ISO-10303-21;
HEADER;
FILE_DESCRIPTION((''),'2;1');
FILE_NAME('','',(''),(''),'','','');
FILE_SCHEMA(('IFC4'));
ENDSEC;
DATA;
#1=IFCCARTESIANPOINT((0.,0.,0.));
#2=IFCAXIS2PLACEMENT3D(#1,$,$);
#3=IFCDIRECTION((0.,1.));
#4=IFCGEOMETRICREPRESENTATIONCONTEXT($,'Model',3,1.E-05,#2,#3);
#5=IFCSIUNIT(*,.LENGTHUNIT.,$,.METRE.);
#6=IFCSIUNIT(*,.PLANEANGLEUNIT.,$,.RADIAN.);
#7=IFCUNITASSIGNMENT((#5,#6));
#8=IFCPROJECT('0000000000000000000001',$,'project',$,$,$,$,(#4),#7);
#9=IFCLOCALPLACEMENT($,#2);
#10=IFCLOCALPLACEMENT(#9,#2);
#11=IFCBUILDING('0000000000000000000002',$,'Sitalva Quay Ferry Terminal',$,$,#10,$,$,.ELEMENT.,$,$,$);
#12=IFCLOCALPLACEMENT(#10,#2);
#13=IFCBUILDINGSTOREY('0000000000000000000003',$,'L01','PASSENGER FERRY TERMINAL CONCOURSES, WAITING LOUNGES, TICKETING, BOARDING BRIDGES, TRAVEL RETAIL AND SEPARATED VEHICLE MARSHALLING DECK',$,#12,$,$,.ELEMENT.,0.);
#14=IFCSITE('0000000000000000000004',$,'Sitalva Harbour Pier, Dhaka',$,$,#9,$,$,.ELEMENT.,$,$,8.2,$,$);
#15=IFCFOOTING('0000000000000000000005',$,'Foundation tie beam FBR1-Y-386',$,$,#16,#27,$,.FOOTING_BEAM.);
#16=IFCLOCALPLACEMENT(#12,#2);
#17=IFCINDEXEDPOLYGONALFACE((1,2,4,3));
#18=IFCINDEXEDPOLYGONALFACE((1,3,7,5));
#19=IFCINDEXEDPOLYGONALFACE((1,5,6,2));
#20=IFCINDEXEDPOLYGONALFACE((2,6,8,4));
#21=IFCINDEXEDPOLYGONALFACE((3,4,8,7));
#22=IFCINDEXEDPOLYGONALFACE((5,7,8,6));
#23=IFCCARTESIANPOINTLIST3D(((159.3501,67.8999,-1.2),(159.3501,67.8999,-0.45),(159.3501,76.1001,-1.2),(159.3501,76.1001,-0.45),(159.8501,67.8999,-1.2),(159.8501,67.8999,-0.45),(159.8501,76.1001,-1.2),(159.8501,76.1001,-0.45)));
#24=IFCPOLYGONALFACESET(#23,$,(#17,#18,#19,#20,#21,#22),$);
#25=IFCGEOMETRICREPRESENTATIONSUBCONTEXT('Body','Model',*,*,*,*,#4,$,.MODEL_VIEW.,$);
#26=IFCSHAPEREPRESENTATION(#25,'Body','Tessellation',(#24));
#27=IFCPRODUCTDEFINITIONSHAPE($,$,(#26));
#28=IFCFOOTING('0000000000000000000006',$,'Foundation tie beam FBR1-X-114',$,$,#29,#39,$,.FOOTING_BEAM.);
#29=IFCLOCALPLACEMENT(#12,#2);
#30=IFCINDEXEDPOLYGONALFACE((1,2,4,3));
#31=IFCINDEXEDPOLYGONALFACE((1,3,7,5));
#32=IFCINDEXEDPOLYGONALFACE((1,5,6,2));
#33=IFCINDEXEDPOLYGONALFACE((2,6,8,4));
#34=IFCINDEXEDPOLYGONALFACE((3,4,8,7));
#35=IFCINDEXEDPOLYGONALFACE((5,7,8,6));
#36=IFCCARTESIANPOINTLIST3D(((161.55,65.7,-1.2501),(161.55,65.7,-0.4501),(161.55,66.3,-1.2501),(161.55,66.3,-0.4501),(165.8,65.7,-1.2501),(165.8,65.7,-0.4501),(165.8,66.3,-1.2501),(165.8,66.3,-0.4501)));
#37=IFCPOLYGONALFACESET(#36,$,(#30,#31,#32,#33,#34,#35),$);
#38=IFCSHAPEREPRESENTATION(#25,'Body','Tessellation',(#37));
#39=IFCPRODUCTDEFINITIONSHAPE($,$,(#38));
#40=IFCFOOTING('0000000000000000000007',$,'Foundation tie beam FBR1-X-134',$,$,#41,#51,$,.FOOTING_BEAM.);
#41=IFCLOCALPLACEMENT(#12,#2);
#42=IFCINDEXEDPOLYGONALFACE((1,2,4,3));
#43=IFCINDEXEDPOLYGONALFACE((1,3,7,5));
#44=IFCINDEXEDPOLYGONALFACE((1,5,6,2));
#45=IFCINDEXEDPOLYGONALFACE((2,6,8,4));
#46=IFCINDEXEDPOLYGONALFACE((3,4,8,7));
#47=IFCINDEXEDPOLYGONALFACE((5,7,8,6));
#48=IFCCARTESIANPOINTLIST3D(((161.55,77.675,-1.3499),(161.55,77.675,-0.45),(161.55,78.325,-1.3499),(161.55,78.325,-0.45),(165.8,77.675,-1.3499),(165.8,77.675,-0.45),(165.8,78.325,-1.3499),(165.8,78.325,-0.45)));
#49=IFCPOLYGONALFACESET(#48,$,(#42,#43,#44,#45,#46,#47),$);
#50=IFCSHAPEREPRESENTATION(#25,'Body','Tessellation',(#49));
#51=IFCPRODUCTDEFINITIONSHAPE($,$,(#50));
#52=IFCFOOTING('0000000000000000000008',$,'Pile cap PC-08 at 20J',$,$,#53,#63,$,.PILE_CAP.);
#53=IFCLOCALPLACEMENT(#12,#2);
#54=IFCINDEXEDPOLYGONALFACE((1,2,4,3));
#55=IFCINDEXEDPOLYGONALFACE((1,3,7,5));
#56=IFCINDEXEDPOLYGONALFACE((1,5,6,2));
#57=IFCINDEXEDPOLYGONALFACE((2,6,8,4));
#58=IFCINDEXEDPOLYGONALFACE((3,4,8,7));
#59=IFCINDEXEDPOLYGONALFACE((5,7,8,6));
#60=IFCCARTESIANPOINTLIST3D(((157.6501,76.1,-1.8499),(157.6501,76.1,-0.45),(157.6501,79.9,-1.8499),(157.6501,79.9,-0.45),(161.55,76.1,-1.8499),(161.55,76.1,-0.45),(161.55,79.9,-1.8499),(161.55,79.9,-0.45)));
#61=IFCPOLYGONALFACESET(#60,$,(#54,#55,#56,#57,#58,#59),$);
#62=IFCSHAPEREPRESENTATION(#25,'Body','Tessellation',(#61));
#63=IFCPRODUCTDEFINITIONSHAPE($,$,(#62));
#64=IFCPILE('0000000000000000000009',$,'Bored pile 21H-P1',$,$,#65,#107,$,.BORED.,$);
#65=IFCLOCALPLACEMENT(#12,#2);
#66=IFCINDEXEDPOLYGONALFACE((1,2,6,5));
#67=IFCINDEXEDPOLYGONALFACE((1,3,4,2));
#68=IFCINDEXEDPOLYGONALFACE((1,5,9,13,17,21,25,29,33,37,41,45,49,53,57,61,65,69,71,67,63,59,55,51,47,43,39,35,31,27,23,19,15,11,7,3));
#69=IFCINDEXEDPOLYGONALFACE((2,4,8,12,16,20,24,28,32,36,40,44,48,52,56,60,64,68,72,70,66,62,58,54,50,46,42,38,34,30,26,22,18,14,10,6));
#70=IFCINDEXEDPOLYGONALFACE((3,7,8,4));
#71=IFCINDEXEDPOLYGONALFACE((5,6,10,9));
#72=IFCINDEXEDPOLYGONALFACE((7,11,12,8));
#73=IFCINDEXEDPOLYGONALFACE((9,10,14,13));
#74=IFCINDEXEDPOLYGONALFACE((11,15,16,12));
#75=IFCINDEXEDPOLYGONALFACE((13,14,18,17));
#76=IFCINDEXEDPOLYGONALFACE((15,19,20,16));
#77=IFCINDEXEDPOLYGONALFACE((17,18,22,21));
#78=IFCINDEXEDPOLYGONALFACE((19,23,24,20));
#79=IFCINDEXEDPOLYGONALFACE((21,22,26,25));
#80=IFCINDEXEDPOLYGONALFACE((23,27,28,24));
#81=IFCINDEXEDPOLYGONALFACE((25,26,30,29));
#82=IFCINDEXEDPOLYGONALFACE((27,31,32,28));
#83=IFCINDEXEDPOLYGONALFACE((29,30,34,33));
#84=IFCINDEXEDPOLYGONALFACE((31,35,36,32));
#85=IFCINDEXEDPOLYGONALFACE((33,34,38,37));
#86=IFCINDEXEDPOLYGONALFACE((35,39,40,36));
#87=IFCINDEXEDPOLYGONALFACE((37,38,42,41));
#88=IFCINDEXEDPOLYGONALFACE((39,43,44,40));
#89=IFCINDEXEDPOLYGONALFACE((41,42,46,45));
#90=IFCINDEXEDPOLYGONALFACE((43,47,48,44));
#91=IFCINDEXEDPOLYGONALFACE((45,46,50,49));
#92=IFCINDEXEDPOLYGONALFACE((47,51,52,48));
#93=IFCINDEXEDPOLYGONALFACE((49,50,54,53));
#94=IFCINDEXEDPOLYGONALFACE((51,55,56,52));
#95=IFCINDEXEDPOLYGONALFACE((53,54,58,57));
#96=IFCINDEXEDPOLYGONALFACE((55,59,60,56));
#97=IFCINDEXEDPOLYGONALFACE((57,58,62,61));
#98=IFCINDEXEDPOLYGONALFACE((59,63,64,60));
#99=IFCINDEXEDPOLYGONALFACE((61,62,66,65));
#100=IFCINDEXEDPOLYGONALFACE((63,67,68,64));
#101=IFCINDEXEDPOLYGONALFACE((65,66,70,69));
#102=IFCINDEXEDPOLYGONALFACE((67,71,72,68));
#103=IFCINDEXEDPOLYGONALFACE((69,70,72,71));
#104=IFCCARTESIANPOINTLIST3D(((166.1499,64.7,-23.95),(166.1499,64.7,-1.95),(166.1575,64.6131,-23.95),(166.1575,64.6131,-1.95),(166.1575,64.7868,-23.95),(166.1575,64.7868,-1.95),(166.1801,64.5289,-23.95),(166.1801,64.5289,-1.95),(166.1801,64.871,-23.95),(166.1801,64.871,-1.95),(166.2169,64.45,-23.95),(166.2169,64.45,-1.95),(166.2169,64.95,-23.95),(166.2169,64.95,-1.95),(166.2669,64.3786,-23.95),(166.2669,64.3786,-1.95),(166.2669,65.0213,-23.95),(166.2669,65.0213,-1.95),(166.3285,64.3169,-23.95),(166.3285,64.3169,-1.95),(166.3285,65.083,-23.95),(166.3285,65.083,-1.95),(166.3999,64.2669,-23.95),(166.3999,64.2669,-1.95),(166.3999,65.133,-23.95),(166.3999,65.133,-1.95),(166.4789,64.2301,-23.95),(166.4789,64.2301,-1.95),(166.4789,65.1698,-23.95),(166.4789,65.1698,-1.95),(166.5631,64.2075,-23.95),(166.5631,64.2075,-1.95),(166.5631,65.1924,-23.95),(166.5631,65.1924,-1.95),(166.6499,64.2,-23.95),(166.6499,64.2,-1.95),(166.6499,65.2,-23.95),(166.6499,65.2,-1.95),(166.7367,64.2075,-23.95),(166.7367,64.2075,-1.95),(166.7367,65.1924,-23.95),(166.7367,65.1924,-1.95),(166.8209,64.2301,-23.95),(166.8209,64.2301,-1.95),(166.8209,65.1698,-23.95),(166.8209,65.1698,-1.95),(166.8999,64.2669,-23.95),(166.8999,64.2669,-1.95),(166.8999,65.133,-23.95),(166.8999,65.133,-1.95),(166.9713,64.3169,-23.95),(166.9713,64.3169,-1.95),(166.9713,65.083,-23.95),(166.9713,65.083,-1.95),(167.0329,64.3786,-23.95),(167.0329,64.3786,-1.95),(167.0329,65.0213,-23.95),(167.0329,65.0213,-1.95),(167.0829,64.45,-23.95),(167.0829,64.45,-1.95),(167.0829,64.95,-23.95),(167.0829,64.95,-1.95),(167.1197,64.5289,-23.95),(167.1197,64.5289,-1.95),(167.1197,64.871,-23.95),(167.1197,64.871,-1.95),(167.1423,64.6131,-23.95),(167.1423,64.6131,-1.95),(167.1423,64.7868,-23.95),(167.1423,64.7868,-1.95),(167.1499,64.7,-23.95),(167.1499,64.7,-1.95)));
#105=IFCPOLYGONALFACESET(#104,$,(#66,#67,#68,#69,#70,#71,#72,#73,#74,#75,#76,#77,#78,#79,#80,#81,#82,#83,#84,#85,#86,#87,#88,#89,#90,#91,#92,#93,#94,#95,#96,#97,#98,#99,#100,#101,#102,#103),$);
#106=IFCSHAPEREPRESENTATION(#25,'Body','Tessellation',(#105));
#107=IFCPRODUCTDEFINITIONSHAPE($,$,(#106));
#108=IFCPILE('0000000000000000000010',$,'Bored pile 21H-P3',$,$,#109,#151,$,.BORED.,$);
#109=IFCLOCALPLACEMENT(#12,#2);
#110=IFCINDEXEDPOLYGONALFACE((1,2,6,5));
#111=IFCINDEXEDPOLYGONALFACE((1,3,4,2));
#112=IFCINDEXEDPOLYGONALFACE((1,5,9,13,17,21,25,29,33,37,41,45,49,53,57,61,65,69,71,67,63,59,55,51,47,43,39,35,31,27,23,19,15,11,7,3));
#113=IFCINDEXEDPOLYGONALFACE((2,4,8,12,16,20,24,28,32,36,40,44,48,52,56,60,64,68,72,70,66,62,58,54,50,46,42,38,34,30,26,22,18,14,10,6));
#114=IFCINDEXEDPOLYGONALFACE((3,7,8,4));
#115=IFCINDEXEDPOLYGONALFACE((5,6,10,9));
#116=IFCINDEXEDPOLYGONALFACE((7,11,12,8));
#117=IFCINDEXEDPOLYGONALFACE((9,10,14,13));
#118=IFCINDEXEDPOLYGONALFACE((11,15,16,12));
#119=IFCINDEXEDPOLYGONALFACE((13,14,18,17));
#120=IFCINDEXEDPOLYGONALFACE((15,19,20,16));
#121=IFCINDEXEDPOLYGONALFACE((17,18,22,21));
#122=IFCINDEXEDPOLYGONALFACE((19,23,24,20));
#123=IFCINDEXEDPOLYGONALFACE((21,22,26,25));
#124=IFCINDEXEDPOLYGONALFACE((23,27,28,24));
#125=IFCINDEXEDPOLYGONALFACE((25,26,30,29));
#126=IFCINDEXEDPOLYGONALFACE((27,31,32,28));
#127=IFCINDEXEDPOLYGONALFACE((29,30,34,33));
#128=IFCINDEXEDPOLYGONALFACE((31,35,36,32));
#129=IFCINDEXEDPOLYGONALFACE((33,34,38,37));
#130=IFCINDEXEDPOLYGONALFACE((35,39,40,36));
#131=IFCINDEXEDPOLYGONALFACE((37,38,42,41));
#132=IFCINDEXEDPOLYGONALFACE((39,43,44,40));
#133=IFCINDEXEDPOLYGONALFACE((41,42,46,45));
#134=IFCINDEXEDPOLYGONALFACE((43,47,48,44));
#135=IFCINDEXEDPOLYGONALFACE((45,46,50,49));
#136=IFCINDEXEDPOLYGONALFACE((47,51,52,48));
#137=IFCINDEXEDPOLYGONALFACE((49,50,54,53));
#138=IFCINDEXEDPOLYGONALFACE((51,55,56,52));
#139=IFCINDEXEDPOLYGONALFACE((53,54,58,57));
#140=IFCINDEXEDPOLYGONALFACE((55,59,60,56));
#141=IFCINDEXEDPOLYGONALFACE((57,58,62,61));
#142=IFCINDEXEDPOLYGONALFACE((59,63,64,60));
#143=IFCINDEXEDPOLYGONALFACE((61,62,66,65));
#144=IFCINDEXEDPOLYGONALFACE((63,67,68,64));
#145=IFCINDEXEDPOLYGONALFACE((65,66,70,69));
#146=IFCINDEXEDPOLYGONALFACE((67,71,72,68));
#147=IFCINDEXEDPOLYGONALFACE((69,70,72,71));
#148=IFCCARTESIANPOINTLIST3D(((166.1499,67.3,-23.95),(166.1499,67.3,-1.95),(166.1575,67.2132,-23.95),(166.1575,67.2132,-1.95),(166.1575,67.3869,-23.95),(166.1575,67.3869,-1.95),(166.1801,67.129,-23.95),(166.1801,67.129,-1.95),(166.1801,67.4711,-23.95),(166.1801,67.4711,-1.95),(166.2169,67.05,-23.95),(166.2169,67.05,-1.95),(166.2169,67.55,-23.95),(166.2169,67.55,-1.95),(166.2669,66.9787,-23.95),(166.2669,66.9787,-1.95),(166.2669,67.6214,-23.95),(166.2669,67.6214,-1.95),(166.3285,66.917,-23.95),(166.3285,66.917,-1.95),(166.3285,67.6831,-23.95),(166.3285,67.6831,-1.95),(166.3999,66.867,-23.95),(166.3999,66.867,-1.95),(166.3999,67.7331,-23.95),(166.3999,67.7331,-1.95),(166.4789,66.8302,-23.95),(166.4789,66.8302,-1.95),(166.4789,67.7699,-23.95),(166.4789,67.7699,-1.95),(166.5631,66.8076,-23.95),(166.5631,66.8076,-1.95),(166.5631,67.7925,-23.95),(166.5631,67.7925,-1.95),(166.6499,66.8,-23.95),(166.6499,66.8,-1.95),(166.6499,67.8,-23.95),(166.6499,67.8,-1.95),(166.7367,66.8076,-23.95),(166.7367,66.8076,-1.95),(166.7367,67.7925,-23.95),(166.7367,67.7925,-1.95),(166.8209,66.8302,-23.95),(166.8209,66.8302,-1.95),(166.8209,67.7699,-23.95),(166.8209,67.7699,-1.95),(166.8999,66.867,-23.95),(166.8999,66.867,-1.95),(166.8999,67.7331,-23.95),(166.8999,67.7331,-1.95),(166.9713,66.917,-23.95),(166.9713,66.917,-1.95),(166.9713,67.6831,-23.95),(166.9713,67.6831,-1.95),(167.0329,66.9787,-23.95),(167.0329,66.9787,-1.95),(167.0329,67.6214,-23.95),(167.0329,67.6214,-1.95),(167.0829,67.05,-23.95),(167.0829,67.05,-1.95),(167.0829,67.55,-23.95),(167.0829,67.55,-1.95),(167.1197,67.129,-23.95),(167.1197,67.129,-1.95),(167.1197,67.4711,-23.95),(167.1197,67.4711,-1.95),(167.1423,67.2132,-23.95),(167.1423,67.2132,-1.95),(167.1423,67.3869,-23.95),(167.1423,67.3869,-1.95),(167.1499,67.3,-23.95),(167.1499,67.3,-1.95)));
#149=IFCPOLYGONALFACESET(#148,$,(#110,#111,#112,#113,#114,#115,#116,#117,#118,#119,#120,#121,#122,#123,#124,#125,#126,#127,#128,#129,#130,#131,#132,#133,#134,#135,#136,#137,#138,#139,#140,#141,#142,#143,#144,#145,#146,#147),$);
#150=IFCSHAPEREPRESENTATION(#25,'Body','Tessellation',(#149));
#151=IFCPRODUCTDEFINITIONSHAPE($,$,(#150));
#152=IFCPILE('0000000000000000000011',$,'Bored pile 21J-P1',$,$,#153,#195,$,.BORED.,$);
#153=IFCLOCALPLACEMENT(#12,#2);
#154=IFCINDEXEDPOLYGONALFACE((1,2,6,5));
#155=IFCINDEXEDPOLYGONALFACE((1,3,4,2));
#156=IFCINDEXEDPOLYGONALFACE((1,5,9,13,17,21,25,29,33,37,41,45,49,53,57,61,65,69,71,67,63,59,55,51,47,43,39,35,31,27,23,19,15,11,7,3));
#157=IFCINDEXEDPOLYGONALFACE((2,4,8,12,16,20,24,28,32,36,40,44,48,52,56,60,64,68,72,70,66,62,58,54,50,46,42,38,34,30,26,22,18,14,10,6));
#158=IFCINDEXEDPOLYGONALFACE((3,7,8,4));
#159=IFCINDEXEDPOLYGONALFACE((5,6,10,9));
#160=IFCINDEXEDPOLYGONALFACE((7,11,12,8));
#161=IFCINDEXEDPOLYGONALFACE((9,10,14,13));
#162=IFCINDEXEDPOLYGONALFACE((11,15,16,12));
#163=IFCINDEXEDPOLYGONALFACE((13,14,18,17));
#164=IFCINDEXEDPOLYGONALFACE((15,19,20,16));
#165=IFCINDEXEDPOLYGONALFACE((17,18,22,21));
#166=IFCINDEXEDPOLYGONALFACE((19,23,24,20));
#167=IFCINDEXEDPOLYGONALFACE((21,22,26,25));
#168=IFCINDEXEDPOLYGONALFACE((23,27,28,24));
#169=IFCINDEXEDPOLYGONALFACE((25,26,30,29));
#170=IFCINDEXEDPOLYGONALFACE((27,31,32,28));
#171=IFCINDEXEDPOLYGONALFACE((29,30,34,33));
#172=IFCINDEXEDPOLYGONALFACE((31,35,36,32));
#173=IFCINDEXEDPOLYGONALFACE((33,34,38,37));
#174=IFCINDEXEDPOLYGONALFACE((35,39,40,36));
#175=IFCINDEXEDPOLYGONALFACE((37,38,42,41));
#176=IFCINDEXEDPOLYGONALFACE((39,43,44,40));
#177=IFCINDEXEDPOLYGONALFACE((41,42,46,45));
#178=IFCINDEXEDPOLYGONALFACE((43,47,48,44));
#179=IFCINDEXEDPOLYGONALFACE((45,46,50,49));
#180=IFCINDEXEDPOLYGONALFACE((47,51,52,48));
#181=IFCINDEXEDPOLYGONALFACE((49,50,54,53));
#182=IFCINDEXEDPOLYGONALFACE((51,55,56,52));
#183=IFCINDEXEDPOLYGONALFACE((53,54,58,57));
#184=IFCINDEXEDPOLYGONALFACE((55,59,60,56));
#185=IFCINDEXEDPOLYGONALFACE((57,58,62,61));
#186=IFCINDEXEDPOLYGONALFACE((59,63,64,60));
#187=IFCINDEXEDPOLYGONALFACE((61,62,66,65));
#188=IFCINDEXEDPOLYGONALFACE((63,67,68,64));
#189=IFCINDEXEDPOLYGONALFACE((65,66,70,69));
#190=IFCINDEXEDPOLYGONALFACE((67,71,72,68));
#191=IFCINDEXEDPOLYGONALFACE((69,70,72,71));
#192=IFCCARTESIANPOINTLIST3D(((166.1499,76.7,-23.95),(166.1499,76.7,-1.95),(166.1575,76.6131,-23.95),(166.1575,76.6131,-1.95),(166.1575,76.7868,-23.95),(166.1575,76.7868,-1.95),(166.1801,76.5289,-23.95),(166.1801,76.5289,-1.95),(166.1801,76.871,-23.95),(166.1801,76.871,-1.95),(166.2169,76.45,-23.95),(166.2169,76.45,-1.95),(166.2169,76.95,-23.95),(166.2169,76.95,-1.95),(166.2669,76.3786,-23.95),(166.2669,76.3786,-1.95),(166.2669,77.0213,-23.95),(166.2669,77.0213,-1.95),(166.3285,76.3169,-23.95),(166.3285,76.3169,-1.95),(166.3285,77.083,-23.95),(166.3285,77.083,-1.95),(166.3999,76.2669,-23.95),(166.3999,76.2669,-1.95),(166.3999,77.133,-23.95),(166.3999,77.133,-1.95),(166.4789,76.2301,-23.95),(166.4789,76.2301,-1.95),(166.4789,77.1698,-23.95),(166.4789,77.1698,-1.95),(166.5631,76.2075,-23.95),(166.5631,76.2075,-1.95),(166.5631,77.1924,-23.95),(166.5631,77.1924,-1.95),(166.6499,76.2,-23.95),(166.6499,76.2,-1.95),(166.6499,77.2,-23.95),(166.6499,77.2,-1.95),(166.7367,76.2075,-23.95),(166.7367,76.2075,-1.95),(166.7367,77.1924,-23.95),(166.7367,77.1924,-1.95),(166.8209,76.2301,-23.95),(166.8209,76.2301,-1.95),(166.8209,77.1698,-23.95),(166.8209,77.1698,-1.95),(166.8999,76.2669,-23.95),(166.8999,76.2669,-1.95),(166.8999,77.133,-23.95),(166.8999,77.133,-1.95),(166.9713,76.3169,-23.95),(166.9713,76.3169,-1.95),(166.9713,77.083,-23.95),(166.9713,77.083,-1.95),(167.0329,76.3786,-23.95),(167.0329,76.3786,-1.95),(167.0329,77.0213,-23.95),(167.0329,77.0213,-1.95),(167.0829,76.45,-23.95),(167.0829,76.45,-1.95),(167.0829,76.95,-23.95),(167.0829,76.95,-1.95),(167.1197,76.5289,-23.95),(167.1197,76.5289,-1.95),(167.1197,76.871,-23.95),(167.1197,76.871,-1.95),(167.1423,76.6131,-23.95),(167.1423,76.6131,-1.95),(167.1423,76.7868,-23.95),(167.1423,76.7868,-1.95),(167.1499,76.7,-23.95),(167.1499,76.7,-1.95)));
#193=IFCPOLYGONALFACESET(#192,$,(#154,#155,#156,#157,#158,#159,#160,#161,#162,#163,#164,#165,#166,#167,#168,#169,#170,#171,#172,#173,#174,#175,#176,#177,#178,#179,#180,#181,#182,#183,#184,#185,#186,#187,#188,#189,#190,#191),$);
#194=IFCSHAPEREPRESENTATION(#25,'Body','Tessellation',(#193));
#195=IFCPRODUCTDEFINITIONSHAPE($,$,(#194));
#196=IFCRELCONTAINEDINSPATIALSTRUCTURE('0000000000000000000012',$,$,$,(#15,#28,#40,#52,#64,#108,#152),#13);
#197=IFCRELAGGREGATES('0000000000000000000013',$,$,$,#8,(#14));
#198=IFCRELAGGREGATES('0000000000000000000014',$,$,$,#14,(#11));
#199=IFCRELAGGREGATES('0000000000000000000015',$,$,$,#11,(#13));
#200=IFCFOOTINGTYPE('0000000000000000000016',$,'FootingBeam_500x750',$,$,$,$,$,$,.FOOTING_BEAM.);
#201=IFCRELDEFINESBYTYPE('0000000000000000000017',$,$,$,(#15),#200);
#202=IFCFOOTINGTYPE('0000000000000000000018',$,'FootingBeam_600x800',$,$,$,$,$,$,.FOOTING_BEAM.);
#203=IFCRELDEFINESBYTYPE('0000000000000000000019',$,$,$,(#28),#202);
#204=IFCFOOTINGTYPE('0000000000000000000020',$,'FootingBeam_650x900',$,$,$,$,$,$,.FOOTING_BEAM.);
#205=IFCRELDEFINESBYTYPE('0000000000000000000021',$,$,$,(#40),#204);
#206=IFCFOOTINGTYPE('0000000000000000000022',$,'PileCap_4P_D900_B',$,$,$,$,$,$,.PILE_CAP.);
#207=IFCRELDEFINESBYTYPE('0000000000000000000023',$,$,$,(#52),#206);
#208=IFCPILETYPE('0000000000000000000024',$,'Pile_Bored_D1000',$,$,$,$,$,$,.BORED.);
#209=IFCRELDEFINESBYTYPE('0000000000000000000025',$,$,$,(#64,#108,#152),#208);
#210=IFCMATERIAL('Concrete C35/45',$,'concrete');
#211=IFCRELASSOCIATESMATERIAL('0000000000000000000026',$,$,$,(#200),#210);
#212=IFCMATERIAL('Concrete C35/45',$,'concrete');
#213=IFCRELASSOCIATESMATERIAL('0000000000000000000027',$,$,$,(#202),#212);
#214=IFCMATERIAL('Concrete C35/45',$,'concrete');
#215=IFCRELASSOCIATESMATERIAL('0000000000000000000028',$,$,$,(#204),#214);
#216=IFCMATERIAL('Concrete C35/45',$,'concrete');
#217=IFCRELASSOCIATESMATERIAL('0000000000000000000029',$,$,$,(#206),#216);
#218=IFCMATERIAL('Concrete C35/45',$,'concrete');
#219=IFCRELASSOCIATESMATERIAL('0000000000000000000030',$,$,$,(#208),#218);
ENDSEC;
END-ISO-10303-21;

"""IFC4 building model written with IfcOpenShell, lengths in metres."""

from ifc_helpers import new_model, si_unit, direction, frame, origin, origin_2d, place, context, subcontext, project, spatial, rectangle, circle, extrude, material, material_profile, profile_set, type_object, element, save


model = new_model("IFC4")

# Units and contexts
model_context = context("Model", 3, precision=1e-05, world=origin(), true_north=direction((0.0, 1.0)))
body_context = subcontext(model_context, "Body", "Model", "MODEL_VIEW")
ifc_project = project(units=[si_unit("LENGTHUNIT", "METRE"), si_unit("PLANEANGLEUNIT", "RADIAN")], contexts=[model_context])

# Site, building, storey
site_placement = place(None, origin())
site = spatial("IfcSite", under=ifc_project, at=site_placement, Name="Sitalva Harbour Pier, Dhaka", CompositionType="ELEMENT", RefElevation=8.2)
building_placement = place(site_placement, origin())
building = spatial("IfcBuilding", under=site, at=building_placement, Name="Sitalva Quay Ferry Terminal", CompositionType="ELEMENT")
storey_placement = place(building_placement, origin())
storey = spatial("IfcBuildingStorey", under=building, at=storey_placement, Name="L01", Description="PASSENGER FERRY TERMINAL CONCOURSES, WAITING LOUNGES, TICKETING, BOARDING BRIDGES, TRAVEL RETAIL AND SEPARATED VEHICLE MARSHALLING DECK", CompositionType="ELEMENT", Elevation=0.0)

# Footings
ifc_material_1 = material(Name="Concrete C35/45", Category="concrete")
ifc_material_profile_1 = material_profile(ifc_material_1, rectangle(XDim=0.5, YDim=0.75, at=origin_2d()), Name="RC500x750")
ifc_profile_set_1 = profile_set([ifc_material_profile_1], Name="Concrete C35/45")
footing_type_1 = type_object("IfcFootingType", Name="FootingBeam_500x750", PredefinedType="FOOTING_BEAM", material=ifc_profile_set_1)
footing_1_placement = place(storey_placement, frame((159.6001, 67.8999, -0.825), z_axis=(0.0, 1.0, 0.0), x_axis=(-1.0, 0.0, 0.0)))
element("IfcFooting", 1, at=footing_1_placement, inside=storey, type_object=footing_type_1, Name="Foundation tie beam FBR1-Y-386", PredefinedType="FOOTING_BEAM", context=body_context, shape_type="SweptSolid", body=[
    extrude(rectangle(XDim=0.5, YDim=0.75, at=origin_2d()), origin(), (0.0, 0.0, 1.0), 8.2002),
])
ifc_material_2 = material(Name="Concrete C35/45", Category="concrete")
ifc_material_profile_2 = material_profile(ifc_material_2, rectangle(XDim=0.6001, YDim=0.8, at=origin_2d()), Name="RC600x800")
ifc_profile_set_2 = profile_set([ifc_material_profile_2], Name="Concrete C35/45")
footing_type_2 = type_object("IfcFootingType", Name="FootingBeam_600x800", PredefinedType="FOOTING_BEAM", material=ifc_profile_set_2)
footing_2_placement = place(storey_placement, frame((161.55, 66.0, -0.8501), z_axis=(1.0, 0.0, 0.0), x_axis=(0.0, 1.0, 0.0)))
element("IfcFooting", 2, at=footing_2_placement, inside=storey, type_object=footing_type_2, Name="Foundation tie beam FBR1-X-114", PredefinedType="FOOTING_BEAM", context=body_context, shape_type="SweptSolid", body=[
    extrude(rectangle(XDim=0.6001, YDim=0.8, at=origin_2d()), origin(), (0.0, 0.0, 1.0), 4.25),
])
ifc_material_3 = material(Name="Concrete C35/45", Category="concrete")
ifc_material_profile_3 = material_profile(ifc_material_3, rectangle(XDim=0.6499, YDim=0.8999, at=origin_2d()), Name="RC650x900")
ifc_profile_set_3 = profile_set([ifc_material_profile_3], Name="Concrete C35/45")
footing_type_3 = type_object("IfcFootingType", Name="FootingBeam_650x900", PredefinedType="FOOTING_BEAM", material=ifc_profile_set_3)
footing_3_placement = place(storey_placement, frame((161.55, 78.0, -0.8999), z_axis=(1.0, 0.0, 0.0), x_axis=(0.0, 1.0, 0.0)))
element("IfcFooting", 3, at=footing_3_placement, inside=storey, type_object=footing_type_3, Name="Foundation tie beam FBR1-X-134", PredefinedType="FOOTING_BEAM", context=body_context, shape_type="SweptSolid", body=[
    extrude(rectangle(XDim=0.6499, YDim=0.8999, at=origin_2d()), origin(), (0.0, 0.0, 1.0), 4.25),
])
ifc_material_4 = material(Name="Concrete C35/45", Category="concrete")
footing_type_4 = type_object("IfcFootingType", Name="PileCap_4P_D900_B", PredefinedType="PILE_CAP", material=ifc_material_4)
footing_4_placement = place(storey_placement, frame((159.6001, 78.0, -1.8499), z_axis=(0.0, 0.0, 1.0), x_axis=(1.0, 0.0, 0.0)))
element("IfcFooting", 4, at=footing_4_placement, inside=storey, type_object=footing_type_4, Name="Pile cap PC-08 at 20J", PredefinedType="PILE_CAP", context=body_context, shape_type="SweptSolid", body=[
    extrude(rectangle(XDim=3.8999, YDim=3.8, at=origin_2d()), origin(), (0.0, 0.0, 1.0), 1.3999),
])

# Piles
ifc_material_5 = material(Name="Concrete C35/45", Category="concrete")
ifc_material_profile_4 = material_profile(ifc_material_5, circle(Radius=0.5, at=origin_2d()), Name="PILE-D1000")
ifc_profile_set_4 = profile_set([ifc_material_profile_4], Name="Concrete C35/45")
pile_type_1 = type_object("IfcPileType", Name="Pile_Bored_D1000", PredefinedType="BORED", material=ifc_profile_set_4)
for number, where, z_axis, x_axis, name in (
    (5, (166.6499, 64.7, -1.95), (0.0, 0.0, -1.0), (1.0, 0.0, 0.0), "Bored pile 21H-P1"),
    (6, (166.6499, 67.3, -1.95), (0.0, 0.0, -1.0), (1.0, 0.0, 0.0), "Bored pile 21H-P3"),
    (7, (166.6499, 76.7, -1.95), (0.0, 0.0, -1.0), (1.0, 0.0, 0.0), "Bored pile 21J-P1"),
):
    element("IfcPile", number, at=place(storey_placement, frame(where, z_axis=z_axis, x_axis=x_axis)), inside=storey, type_object=pile_type_1, Name=name, PredefinedType="BORED", context=body_context, shape_type="SweptSolid", body=[
        extrude(circle(Radius=0.5, at=origin_2d()), origin(), (0.0, 0.0, 1.0), 22.0),
    ])

save(model, "model.ifc")
